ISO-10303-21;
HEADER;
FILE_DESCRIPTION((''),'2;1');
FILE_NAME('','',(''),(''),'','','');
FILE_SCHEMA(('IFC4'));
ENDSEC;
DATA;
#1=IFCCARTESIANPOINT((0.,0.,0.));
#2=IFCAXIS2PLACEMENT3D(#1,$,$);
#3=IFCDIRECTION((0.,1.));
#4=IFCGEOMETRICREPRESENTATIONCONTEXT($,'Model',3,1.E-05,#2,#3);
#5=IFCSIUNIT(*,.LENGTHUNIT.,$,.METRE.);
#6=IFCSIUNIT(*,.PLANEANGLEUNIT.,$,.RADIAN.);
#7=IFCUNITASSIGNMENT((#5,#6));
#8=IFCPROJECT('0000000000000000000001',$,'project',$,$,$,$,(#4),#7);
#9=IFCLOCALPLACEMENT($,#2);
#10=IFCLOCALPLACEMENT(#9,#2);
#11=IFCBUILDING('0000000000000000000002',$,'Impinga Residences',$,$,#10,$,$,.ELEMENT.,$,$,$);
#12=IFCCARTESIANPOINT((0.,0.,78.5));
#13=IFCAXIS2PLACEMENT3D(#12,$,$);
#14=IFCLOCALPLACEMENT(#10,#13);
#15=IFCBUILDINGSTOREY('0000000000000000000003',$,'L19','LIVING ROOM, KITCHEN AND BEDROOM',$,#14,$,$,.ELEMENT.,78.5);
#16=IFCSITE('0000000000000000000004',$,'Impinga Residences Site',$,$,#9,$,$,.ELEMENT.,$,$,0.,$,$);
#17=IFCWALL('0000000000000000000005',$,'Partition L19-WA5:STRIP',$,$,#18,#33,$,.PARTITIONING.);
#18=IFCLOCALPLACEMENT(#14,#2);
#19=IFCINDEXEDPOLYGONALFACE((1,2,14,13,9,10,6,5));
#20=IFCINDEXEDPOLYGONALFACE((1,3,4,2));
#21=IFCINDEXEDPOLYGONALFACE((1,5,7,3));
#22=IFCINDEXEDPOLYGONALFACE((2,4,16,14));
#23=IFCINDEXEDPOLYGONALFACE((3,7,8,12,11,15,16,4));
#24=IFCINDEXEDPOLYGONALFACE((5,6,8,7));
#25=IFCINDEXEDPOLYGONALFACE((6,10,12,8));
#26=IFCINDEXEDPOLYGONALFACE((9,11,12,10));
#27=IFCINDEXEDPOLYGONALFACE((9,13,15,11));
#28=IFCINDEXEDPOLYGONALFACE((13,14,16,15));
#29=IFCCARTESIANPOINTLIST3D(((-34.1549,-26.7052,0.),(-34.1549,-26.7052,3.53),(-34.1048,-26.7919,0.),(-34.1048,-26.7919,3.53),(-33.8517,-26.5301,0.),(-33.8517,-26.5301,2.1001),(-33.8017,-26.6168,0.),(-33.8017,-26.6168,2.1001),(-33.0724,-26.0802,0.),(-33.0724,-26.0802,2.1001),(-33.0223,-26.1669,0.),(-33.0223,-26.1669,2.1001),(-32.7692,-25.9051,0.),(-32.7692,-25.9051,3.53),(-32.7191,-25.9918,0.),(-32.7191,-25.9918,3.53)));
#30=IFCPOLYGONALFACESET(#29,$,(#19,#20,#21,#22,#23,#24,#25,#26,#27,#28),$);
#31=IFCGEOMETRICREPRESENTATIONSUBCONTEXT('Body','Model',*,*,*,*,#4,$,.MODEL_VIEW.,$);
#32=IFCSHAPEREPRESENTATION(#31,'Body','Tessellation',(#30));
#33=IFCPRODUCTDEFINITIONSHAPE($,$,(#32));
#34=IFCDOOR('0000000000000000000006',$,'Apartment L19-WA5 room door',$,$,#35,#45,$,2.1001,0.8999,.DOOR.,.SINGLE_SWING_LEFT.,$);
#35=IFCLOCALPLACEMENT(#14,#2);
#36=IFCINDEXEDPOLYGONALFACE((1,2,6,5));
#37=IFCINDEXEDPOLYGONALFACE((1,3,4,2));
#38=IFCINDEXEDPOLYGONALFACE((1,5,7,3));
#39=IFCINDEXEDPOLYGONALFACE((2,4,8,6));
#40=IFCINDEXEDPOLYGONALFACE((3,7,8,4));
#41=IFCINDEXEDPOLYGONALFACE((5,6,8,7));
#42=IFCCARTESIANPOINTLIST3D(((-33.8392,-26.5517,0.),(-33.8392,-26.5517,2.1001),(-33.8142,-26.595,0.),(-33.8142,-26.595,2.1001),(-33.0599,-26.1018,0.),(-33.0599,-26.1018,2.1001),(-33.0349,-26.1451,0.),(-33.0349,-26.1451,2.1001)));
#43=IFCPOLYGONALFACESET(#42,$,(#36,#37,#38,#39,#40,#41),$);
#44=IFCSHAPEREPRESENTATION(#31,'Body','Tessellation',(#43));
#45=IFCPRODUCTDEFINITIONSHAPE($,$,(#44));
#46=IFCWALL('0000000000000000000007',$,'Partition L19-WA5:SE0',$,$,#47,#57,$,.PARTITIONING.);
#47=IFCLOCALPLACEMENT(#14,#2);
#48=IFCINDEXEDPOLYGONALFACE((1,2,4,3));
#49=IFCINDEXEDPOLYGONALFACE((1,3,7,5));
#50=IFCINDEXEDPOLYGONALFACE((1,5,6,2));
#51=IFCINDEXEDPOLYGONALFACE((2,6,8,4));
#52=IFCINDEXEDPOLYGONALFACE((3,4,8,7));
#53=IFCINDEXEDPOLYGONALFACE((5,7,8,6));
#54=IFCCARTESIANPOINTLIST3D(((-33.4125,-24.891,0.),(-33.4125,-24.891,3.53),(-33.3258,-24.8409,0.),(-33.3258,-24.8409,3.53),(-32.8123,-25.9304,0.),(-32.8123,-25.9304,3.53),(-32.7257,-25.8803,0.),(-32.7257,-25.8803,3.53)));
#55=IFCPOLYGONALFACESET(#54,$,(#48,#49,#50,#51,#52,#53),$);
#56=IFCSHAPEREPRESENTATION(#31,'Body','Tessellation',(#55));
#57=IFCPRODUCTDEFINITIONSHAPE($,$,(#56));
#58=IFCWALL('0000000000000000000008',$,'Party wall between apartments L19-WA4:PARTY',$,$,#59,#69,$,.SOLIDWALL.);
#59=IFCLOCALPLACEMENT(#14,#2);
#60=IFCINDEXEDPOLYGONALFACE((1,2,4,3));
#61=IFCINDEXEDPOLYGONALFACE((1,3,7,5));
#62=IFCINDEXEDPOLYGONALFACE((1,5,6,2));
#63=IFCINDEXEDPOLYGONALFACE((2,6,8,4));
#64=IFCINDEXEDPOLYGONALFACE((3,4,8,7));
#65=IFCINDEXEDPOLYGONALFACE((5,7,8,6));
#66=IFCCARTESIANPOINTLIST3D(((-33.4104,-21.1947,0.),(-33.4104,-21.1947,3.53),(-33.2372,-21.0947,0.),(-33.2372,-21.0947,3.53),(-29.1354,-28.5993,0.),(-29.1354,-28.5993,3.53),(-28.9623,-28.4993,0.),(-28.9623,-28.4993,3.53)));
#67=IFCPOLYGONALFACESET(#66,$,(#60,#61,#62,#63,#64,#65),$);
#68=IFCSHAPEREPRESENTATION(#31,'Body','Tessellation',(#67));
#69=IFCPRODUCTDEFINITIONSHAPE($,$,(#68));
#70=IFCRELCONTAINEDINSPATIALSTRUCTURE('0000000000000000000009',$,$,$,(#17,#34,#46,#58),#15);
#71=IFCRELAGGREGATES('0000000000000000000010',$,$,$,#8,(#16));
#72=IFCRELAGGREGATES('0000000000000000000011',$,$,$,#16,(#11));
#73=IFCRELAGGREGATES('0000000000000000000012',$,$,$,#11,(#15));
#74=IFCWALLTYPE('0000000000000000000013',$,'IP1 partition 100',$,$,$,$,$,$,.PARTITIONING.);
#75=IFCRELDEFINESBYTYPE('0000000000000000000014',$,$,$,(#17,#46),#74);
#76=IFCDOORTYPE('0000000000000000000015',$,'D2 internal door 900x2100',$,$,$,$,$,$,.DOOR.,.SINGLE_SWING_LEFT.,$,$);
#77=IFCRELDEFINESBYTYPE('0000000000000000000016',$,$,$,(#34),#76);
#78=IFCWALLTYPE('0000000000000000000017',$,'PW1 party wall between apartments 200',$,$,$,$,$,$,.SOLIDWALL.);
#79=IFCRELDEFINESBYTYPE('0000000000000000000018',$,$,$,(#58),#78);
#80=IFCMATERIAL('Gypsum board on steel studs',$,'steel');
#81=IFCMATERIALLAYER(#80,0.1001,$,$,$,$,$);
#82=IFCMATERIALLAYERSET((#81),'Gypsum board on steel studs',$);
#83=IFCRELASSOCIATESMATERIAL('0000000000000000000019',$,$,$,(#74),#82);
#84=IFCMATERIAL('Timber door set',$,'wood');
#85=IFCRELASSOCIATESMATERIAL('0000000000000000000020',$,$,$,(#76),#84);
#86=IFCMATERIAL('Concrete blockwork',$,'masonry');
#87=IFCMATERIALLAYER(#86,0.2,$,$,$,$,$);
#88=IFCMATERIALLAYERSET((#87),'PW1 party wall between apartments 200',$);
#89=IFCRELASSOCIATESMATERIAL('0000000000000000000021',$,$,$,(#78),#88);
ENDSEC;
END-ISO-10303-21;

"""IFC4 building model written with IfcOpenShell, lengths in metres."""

from ifc_helpers import new_model, si_unit, direction, frame, frame_2d, origin, place, context, subcontext, project, spatial, rectangle, extrude, material, layer, layer_set, type_object, element, fill, save


model = new_model("IFC4")

# Units and contexts
model_context = context("Model", 3, precision=1e-05, world=origin(), true_north=direction((0.0, 1.0)))
body_context = subcontext(model_context, "Body", "Model", "MODEL_VIEW")
ifc_project = project(units=[si_unit("LENGTHUNIT", "METRE"), si_unit("PLANEANGLEUNIT", "RADIAN")], contexts=[model_context])

# Site, building, storey
site_placement = place(None, origin())
site = spatial("IfcSite", under=ifc_project, at=site_placement, Name="Impinga Residences Site", CompositionType="ELEMENT", RefElevation=0.0)
building_placement = place(site_placement, origin())
building = spatial("IfcBuilding", under=site, at=building_placement, Name="Impinga Residences", CompositionType="ELEMENT")
storey_placement = place(building_placement, frame((0.0, 0.0, 78.5)))
storey = spatial("IfcBuildingStorey", under=building, at=storey_placement, Name="L19", Description="LIVING ROOM, KITCHEN AND BEDROOM", CompositionType="ELEMENT", Elevation=78.5)

# Shared definitions
ifc_material_1 = material(Name="Gypsum board on steel studs", Category="steel")
ifc_layer_1 = layer(ifc_material_1, 0.1001)
ifc_layer_set_1 = layer_set([ifc_layer_1], Name="Gypsum board on steel studs")
wall_type_1 = type_object("IfcWallType", Name="IP1 partition 100", PredefinedType="PARTITIONING", material=ifc_layer_set_1)

# Shared definitions
ifc_material_2 = material(Name="Timber door set", Category="wood")
door_type = type_object("IfcDoorType", Name="D2 internal door 900x2100", OperationType="SINGLE_SWING_LEFT", PredefinedType="DOOR", material=ifc_material_2)

# Wall, opening, door
wall_1_placement = place(storey_placement, frame((-32.7441, -25.9485, 0.0), z_axis=(0.0, 0.0, 1.0), x_axis=(-0.866028, -0.499995, 0.0)))
wall_1 = element("IfcWall", 1, at=wall_1_placement, inside=storey, type_object=wall_type_1, Name="Partition L19-WA5:STRIP", PredefinedType="PARTITIONING", context=body_context, shape_type="SweptSolid", body=[
    extrude(rectangle(XDim=1.6001, YDim=0.1001, at=frame_2d((0.8, 0.0))), origin(), (0.0, 0.0, 1.0), 3.53),
])
opening_1_placement = place(wall_1_placement, frame((0.3501, 0.0, 0.0)))
opening_1 = element("IfcOpeningElement", 2, at=opening_1_placement, cuts=wall_1, PredefinedType="OPENING", context=body_context, shape_type="SweptSolid", body=[
    extrude(rectangle(XDim=0.8999, YDim=2.1001, at=frame_2d((0.45, 1.05))), frame((0.0, 0.0601, 0.0), z_axis=(0.0, -1.0, 0.0), x_axis=(1.0, 0.0, 0.0)), (0.0, 0.0, 1.0), 0.1201),
])
door_1_placement = place(opening_1_placement, origin())
door_1 = element("IfcDoor", 3, at=door_1_placement, inside=storey, type_object=door_type, Name="Apartment L19-WA5 room door", OperationType="SINGLE_SWING_LEFT", OverallHeight=2.1001, OverallWidth=0.8999, PredefinedType="DOOR", context=body_context, shape_type="SweptSolid", body=[
    extrude(rectangle(XDim=0.8999, YDim=2.1001, at=frame_2d((0.45, 1.05))), frame((0.0, 0.0249, 0.0), z_axis=(0.0, -1.0, 0.0), x_axis=(1.0, 0.0, 0.0)), (0.0, 0.0, 1.0), 0.05),
])
fill(opening_1, door_1)

# Walls
wall_2_placement = place(storey_placement, frame((-33.3691, -24.866, 0.0), z_axis=(0.0, 0.0, 1.0), x_axis=(0.500034, -0.866006, 0.0)))
element("IfcWall", 4, at=wall_2_placement, inside=storey, type_object=wall_type_1, Name="Partition L19-WA5:SE0", PredefinedType="PARTITIONING", context=body_context, shape_type="SweptSolid", body=[
    extrude(rectangle(XDim=1.2002, YDim=0.1001, at=frame_2d((0.6001, 0.0))), origin(), (0.0, 0.0, 1.0), 3.53),
])
ifc_material_3 = material(Name="Concrete blockwork", Category="masonry")
ifc_layer_2 = layer(ifc_material_3, 0.2)
ifc_layer_set_2 = layer_set([ifc_layer_2], Name="PW1 party wall between apartments 200")
wall_type_2 = type_object("IfcWallType", Name="PW1 party wall between apartments 200", PredefinedType="SOLIDWALL", material=ifc_layer_set_2)
wall_3_placement = place(storey_placement, frame((-33.3237, -21.1448, 0.0), z_axis=(0.0, 0.0, 1.0), x_axis=(0.49999, -0.866031, 0.0)))
element("IfcWall", 5, at=wall_3_placement, inside=storey, type_object=wall_type_2, Name="Party wall between apartments L19-WA4:PARTY", PredefinedType="SOLIDWALL", context=body_context, shape_type="SweptSolid", body=[
    extrude(rectangle(XDim=8.55, YDim=0.2, at=frame_2d((4.2749, 0.0))), origin(), (0.0, 0.0, 1.0), 3.53),
])

save(model, "model.ifc")
